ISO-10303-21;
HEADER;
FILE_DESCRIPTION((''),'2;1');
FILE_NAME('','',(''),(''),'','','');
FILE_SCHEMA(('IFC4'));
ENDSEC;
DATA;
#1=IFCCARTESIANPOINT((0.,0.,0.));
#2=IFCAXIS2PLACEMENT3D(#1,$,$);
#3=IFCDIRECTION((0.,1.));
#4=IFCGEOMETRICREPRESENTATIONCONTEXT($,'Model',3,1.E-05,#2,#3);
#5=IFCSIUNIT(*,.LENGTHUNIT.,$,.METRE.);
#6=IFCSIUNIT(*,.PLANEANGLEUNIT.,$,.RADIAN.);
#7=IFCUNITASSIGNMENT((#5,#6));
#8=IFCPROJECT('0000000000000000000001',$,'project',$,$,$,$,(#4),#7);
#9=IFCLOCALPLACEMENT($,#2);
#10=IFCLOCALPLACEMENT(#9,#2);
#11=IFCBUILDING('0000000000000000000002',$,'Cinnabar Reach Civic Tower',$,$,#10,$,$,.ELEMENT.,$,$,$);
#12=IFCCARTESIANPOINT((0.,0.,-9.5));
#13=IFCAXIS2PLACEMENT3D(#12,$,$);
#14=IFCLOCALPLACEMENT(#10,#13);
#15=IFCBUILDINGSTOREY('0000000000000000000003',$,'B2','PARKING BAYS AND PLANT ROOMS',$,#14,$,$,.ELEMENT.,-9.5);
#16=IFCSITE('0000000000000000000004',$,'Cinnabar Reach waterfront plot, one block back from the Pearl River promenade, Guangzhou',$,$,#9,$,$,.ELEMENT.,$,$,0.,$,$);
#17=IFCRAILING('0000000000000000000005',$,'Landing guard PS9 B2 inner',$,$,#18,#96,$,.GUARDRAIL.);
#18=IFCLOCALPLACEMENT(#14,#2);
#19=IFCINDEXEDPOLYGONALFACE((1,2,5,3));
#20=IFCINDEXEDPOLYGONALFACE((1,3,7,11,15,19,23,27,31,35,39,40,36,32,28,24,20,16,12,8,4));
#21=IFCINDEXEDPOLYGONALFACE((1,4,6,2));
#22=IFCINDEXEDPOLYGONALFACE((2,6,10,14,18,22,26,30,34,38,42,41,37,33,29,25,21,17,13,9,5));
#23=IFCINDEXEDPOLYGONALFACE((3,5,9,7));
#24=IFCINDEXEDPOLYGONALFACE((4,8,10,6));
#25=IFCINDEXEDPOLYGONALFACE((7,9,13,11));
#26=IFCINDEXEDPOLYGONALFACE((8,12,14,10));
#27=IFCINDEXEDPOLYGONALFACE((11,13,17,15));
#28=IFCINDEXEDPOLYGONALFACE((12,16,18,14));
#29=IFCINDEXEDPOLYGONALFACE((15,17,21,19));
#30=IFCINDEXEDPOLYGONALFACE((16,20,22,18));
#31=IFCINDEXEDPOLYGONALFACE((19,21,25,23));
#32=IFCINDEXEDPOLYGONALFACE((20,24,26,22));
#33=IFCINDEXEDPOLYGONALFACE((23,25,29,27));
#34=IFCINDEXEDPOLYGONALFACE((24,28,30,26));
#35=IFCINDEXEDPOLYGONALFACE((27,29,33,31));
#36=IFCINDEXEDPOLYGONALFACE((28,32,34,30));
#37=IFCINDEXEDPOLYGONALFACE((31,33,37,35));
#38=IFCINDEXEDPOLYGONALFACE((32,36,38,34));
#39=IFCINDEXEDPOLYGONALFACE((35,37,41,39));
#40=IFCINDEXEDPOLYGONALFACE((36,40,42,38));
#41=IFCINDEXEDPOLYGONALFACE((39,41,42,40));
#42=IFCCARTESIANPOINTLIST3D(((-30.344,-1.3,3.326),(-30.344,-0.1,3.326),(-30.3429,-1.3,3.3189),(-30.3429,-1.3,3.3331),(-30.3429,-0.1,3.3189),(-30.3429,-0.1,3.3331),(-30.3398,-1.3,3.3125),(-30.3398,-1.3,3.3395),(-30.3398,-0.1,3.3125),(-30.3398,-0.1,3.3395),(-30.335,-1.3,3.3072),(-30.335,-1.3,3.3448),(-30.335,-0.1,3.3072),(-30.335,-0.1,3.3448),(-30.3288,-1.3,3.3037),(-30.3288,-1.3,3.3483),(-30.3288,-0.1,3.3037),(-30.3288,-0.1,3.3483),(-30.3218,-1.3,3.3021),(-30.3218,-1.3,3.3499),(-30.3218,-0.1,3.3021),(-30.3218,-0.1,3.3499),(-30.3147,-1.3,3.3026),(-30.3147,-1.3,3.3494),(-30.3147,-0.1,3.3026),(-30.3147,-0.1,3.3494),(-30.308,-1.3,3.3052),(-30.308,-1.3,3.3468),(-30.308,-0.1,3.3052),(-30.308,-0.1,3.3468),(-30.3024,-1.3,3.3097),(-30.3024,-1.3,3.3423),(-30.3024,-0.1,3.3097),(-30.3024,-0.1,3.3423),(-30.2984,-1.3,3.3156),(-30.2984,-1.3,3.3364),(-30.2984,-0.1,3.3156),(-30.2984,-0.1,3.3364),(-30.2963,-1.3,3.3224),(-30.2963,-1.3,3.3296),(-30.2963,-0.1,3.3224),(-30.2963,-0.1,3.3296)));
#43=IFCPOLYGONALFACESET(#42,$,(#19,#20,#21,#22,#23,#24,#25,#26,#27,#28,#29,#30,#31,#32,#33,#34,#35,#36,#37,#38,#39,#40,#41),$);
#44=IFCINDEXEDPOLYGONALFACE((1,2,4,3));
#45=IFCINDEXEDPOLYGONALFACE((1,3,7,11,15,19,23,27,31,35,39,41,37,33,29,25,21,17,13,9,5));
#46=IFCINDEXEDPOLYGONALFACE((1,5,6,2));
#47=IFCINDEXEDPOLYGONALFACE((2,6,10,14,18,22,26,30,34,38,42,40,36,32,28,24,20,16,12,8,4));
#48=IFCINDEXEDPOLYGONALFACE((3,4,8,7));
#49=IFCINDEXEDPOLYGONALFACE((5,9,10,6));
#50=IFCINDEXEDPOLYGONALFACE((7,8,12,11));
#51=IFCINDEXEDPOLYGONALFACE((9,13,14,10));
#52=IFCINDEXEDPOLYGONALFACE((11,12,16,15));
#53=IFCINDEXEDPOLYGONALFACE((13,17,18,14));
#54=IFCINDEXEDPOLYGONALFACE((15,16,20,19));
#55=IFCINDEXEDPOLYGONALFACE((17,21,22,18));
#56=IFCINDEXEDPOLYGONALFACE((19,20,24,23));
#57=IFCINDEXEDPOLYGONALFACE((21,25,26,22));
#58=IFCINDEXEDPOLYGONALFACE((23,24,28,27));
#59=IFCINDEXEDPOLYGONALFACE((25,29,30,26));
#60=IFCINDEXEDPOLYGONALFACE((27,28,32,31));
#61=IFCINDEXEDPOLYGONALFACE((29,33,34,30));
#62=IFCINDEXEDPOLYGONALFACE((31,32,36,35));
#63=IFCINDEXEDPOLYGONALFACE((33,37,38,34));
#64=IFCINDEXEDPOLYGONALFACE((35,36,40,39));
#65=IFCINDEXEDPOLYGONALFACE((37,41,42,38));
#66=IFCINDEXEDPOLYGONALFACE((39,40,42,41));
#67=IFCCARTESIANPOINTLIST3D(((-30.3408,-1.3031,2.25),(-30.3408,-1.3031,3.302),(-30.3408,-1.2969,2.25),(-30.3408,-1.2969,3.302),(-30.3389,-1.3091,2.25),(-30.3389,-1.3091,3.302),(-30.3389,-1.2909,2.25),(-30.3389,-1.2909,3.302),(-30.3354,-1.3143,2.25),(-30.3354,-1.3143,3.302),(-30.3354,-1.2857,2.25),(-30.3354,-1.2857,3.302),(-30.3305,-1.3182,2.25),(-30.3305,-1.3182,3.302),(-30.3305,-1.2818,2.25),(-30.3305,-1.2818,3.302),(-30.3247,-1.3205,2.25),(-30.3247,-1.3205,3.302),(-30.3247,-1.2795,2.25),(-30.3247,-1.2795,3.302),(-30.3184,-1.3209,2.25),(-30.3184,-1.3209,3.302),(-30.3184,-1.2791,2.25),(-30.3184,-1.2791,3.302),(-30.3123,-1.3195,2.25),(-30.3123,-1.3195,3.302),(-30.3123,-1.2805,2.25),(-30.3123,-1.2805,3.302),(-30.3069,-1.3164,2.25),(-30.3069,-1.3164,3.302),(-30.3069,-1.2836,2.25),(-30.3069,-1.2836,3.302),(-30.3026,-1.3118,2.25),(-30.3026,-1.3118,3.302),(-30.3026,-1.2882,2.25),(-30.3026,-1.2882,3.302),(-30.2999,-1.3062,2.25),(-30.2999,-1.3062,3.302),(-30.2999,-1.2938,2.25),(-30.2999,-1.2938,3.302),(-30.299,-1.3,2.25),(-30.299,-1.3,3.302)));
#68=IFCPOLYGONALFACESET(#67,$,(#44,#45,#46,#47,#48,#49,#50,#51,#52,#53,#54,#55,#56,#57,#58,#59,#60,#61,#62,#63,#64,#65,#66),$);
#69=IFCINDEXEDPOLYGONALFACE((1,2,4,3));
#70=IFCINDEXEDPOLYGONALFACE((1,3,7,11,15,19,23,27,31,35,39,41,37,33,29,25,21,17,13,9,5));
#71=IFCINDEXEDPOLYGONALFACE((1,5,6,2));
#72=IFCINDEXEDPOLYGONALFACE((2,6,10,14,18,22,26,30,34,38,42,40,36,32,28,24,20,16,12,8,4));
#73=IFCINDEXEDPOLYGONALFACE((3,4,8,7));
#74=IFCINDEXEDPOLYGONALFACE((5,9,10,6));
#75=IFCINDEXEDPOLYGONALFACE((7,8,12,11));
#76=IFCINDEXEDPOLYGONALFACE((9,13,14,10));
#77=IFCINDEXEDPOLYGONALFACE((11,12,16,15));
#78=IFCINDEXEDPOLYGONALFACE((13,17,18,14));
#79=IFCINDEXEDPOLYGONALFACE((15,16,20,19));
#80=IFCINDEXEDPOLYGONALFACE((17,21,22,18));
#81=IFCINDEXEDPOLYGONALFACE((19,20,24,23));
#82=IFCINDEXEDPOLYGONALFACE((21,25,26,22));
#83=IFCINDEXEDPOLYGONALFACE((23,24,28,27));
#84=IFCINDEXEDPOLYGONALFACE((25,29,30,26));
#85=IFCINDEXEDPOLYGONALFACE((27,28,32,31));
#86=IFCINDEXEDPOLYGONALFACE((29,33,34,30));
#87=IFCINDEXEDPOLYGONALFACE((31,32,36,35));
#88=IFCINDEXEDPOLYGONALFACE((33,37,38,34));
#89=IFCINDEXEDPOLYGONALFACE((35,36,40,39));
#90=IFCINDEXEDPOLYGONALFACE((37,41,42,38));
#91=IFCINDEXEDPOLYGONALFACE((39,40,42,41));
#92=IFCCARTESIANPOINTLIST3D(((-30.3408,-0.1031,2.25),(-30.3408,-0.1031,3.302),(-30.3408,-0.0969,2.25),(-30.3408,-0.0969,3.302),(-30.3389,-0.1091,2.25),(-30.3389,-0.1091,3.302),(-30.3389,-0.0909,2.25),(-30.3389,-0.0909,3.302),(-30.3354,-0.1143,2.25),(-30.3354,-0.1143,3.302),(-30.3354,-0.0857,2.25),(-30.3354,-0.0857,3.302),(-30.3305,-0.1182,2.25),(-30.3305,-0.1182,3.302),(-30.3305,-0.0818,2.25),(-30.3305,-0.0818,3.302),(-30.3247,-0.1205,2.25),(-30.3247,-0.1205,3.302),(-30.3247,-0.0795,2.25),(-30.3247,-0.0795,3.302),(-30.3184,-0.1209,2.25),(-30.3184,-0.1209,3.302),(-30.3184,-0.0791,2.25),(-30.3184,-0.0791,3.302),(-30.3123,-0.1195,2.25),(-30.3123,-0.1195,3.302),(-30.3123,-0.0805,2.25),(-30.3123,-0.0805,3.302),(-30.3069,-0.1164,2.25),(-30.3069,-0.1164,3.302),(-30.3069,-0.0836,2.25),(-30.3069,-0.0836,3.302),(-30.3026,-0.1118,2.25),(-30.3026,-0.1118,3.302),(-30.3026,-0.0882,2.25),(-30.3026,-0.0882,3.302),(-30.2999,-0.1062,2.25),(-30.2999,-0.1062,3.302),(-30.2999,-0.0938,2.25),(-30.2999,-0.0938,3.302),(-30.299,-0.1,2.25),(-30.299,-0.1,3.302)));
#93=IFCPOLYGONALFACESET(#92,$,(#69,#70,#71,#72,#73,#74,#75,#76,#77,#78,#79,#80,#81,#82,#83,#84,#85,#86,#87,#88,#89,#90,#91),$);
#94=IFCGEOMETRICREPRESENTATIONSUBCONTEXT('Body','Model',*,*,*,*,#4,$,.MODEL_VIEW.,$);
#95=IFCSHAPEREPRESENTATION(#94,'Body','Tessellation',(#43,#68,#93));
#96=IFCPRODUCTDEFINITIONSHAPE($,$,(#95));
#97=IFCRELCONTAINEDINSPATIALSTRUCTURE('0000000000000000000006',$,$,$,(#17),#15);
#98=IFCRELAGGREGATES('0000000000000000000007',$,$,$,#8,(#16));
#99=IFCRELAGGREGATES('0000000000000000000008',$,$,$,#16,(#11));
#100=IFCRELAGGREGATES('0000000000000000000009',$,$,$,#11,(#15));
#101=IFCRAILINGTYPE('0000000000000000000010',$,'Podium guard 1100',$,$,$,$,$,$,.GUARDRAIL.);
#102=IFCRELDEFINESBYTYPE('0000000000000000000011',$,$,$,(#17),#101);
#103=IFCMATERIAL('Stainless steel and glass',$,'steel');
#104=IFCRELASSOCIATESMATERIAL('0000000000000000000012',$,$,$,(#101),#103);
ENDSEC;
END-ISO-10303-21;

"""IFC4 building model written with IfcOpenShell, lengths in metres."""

from ifc_helpers import new_model, si_unit, direction, frame, origin, origin_2d, place, context, subcontext, project, spatial, circle, extrude, material, type_object, element, save


model = new_model("IFC4")

# Units and contexts
model_context = context("Model", 3, precision=1e-05, world=origin(), true_north=direction((0.0, 1.0)))
body_context = subcontext(model_context, "Body", "Model", "MODEL_VIEW")
ifc_project = project(units=[si_unit("LENGTHUNIT", "METRE"), si_unit("PLANEANGLEUNIT", "RADIAN")], contexts=[model_context])

# Site, building, storey
site_placement = place(None, origin())
site = spatial("IfcSite", under=ifc_project, at=site_placement, Name="Cinnabar Reach waterfront plot, one block back from the Pearl River promenade, Guangzhou", CompositionType="ELEMENT", RefElevation=0.0)
building_placement = place(site_placement, origin())
building = spatial("IfcBuilding", under=site, at=building_placement, Name="Cinnabar Reach Civic Tower", CompositionType="ELEMENT")
storey_placement = place(building_placement, frame((0.0, 0.0, -9.5)))
storey = spatial("IfcBuildingStorey", under=building, at=storey_placement, Name="B2", Description="PARKING BAYS AND PLANT ROOMS", CompositionType="ELEMENT", Elevation=-9.5)

# Railing
ifc_material_1 = material(Name="Stainless steel and glass", Category="steel")
railing_type_1 = type_object("IfcRailingType", Name="Podium guard 1100", PredefinedType="GUARDRAIL", material=ifc_material_1)
railing_1_placement = place(storey_placement, frame((-30.32, -1.3, 2.25)))
element("IfcRailing", 1, at=railing_1_placement, inside=storey, type_object=railing_type_1, Name="Landing guard PS9 B2 inner", PredefinedType="GUARDRAIL", context=body_context, shape_type="SweptSolid", body=[
    extrude(circle(Radius=0.024, at=origin_2d()), frame((0.0, 0.0, 1.076), z_axis=(0.0, 1.0, 0.0), x_axis=(-1.0, 0.0, 0.0)), (0.0, 0.0, 1.0), 1.2),
    extrude(circle(Radius=0.021, at=origin_2d()), origin(), (0.0, 0.0, 1.0), 1.052),
    extrude(circle(Radius=0.021, at=origin_2d()), frame((0.0, 1.2, 0.0)), (0.0, 0.0, 1.0), 1.052),
])

save(model, "model.ifc")
